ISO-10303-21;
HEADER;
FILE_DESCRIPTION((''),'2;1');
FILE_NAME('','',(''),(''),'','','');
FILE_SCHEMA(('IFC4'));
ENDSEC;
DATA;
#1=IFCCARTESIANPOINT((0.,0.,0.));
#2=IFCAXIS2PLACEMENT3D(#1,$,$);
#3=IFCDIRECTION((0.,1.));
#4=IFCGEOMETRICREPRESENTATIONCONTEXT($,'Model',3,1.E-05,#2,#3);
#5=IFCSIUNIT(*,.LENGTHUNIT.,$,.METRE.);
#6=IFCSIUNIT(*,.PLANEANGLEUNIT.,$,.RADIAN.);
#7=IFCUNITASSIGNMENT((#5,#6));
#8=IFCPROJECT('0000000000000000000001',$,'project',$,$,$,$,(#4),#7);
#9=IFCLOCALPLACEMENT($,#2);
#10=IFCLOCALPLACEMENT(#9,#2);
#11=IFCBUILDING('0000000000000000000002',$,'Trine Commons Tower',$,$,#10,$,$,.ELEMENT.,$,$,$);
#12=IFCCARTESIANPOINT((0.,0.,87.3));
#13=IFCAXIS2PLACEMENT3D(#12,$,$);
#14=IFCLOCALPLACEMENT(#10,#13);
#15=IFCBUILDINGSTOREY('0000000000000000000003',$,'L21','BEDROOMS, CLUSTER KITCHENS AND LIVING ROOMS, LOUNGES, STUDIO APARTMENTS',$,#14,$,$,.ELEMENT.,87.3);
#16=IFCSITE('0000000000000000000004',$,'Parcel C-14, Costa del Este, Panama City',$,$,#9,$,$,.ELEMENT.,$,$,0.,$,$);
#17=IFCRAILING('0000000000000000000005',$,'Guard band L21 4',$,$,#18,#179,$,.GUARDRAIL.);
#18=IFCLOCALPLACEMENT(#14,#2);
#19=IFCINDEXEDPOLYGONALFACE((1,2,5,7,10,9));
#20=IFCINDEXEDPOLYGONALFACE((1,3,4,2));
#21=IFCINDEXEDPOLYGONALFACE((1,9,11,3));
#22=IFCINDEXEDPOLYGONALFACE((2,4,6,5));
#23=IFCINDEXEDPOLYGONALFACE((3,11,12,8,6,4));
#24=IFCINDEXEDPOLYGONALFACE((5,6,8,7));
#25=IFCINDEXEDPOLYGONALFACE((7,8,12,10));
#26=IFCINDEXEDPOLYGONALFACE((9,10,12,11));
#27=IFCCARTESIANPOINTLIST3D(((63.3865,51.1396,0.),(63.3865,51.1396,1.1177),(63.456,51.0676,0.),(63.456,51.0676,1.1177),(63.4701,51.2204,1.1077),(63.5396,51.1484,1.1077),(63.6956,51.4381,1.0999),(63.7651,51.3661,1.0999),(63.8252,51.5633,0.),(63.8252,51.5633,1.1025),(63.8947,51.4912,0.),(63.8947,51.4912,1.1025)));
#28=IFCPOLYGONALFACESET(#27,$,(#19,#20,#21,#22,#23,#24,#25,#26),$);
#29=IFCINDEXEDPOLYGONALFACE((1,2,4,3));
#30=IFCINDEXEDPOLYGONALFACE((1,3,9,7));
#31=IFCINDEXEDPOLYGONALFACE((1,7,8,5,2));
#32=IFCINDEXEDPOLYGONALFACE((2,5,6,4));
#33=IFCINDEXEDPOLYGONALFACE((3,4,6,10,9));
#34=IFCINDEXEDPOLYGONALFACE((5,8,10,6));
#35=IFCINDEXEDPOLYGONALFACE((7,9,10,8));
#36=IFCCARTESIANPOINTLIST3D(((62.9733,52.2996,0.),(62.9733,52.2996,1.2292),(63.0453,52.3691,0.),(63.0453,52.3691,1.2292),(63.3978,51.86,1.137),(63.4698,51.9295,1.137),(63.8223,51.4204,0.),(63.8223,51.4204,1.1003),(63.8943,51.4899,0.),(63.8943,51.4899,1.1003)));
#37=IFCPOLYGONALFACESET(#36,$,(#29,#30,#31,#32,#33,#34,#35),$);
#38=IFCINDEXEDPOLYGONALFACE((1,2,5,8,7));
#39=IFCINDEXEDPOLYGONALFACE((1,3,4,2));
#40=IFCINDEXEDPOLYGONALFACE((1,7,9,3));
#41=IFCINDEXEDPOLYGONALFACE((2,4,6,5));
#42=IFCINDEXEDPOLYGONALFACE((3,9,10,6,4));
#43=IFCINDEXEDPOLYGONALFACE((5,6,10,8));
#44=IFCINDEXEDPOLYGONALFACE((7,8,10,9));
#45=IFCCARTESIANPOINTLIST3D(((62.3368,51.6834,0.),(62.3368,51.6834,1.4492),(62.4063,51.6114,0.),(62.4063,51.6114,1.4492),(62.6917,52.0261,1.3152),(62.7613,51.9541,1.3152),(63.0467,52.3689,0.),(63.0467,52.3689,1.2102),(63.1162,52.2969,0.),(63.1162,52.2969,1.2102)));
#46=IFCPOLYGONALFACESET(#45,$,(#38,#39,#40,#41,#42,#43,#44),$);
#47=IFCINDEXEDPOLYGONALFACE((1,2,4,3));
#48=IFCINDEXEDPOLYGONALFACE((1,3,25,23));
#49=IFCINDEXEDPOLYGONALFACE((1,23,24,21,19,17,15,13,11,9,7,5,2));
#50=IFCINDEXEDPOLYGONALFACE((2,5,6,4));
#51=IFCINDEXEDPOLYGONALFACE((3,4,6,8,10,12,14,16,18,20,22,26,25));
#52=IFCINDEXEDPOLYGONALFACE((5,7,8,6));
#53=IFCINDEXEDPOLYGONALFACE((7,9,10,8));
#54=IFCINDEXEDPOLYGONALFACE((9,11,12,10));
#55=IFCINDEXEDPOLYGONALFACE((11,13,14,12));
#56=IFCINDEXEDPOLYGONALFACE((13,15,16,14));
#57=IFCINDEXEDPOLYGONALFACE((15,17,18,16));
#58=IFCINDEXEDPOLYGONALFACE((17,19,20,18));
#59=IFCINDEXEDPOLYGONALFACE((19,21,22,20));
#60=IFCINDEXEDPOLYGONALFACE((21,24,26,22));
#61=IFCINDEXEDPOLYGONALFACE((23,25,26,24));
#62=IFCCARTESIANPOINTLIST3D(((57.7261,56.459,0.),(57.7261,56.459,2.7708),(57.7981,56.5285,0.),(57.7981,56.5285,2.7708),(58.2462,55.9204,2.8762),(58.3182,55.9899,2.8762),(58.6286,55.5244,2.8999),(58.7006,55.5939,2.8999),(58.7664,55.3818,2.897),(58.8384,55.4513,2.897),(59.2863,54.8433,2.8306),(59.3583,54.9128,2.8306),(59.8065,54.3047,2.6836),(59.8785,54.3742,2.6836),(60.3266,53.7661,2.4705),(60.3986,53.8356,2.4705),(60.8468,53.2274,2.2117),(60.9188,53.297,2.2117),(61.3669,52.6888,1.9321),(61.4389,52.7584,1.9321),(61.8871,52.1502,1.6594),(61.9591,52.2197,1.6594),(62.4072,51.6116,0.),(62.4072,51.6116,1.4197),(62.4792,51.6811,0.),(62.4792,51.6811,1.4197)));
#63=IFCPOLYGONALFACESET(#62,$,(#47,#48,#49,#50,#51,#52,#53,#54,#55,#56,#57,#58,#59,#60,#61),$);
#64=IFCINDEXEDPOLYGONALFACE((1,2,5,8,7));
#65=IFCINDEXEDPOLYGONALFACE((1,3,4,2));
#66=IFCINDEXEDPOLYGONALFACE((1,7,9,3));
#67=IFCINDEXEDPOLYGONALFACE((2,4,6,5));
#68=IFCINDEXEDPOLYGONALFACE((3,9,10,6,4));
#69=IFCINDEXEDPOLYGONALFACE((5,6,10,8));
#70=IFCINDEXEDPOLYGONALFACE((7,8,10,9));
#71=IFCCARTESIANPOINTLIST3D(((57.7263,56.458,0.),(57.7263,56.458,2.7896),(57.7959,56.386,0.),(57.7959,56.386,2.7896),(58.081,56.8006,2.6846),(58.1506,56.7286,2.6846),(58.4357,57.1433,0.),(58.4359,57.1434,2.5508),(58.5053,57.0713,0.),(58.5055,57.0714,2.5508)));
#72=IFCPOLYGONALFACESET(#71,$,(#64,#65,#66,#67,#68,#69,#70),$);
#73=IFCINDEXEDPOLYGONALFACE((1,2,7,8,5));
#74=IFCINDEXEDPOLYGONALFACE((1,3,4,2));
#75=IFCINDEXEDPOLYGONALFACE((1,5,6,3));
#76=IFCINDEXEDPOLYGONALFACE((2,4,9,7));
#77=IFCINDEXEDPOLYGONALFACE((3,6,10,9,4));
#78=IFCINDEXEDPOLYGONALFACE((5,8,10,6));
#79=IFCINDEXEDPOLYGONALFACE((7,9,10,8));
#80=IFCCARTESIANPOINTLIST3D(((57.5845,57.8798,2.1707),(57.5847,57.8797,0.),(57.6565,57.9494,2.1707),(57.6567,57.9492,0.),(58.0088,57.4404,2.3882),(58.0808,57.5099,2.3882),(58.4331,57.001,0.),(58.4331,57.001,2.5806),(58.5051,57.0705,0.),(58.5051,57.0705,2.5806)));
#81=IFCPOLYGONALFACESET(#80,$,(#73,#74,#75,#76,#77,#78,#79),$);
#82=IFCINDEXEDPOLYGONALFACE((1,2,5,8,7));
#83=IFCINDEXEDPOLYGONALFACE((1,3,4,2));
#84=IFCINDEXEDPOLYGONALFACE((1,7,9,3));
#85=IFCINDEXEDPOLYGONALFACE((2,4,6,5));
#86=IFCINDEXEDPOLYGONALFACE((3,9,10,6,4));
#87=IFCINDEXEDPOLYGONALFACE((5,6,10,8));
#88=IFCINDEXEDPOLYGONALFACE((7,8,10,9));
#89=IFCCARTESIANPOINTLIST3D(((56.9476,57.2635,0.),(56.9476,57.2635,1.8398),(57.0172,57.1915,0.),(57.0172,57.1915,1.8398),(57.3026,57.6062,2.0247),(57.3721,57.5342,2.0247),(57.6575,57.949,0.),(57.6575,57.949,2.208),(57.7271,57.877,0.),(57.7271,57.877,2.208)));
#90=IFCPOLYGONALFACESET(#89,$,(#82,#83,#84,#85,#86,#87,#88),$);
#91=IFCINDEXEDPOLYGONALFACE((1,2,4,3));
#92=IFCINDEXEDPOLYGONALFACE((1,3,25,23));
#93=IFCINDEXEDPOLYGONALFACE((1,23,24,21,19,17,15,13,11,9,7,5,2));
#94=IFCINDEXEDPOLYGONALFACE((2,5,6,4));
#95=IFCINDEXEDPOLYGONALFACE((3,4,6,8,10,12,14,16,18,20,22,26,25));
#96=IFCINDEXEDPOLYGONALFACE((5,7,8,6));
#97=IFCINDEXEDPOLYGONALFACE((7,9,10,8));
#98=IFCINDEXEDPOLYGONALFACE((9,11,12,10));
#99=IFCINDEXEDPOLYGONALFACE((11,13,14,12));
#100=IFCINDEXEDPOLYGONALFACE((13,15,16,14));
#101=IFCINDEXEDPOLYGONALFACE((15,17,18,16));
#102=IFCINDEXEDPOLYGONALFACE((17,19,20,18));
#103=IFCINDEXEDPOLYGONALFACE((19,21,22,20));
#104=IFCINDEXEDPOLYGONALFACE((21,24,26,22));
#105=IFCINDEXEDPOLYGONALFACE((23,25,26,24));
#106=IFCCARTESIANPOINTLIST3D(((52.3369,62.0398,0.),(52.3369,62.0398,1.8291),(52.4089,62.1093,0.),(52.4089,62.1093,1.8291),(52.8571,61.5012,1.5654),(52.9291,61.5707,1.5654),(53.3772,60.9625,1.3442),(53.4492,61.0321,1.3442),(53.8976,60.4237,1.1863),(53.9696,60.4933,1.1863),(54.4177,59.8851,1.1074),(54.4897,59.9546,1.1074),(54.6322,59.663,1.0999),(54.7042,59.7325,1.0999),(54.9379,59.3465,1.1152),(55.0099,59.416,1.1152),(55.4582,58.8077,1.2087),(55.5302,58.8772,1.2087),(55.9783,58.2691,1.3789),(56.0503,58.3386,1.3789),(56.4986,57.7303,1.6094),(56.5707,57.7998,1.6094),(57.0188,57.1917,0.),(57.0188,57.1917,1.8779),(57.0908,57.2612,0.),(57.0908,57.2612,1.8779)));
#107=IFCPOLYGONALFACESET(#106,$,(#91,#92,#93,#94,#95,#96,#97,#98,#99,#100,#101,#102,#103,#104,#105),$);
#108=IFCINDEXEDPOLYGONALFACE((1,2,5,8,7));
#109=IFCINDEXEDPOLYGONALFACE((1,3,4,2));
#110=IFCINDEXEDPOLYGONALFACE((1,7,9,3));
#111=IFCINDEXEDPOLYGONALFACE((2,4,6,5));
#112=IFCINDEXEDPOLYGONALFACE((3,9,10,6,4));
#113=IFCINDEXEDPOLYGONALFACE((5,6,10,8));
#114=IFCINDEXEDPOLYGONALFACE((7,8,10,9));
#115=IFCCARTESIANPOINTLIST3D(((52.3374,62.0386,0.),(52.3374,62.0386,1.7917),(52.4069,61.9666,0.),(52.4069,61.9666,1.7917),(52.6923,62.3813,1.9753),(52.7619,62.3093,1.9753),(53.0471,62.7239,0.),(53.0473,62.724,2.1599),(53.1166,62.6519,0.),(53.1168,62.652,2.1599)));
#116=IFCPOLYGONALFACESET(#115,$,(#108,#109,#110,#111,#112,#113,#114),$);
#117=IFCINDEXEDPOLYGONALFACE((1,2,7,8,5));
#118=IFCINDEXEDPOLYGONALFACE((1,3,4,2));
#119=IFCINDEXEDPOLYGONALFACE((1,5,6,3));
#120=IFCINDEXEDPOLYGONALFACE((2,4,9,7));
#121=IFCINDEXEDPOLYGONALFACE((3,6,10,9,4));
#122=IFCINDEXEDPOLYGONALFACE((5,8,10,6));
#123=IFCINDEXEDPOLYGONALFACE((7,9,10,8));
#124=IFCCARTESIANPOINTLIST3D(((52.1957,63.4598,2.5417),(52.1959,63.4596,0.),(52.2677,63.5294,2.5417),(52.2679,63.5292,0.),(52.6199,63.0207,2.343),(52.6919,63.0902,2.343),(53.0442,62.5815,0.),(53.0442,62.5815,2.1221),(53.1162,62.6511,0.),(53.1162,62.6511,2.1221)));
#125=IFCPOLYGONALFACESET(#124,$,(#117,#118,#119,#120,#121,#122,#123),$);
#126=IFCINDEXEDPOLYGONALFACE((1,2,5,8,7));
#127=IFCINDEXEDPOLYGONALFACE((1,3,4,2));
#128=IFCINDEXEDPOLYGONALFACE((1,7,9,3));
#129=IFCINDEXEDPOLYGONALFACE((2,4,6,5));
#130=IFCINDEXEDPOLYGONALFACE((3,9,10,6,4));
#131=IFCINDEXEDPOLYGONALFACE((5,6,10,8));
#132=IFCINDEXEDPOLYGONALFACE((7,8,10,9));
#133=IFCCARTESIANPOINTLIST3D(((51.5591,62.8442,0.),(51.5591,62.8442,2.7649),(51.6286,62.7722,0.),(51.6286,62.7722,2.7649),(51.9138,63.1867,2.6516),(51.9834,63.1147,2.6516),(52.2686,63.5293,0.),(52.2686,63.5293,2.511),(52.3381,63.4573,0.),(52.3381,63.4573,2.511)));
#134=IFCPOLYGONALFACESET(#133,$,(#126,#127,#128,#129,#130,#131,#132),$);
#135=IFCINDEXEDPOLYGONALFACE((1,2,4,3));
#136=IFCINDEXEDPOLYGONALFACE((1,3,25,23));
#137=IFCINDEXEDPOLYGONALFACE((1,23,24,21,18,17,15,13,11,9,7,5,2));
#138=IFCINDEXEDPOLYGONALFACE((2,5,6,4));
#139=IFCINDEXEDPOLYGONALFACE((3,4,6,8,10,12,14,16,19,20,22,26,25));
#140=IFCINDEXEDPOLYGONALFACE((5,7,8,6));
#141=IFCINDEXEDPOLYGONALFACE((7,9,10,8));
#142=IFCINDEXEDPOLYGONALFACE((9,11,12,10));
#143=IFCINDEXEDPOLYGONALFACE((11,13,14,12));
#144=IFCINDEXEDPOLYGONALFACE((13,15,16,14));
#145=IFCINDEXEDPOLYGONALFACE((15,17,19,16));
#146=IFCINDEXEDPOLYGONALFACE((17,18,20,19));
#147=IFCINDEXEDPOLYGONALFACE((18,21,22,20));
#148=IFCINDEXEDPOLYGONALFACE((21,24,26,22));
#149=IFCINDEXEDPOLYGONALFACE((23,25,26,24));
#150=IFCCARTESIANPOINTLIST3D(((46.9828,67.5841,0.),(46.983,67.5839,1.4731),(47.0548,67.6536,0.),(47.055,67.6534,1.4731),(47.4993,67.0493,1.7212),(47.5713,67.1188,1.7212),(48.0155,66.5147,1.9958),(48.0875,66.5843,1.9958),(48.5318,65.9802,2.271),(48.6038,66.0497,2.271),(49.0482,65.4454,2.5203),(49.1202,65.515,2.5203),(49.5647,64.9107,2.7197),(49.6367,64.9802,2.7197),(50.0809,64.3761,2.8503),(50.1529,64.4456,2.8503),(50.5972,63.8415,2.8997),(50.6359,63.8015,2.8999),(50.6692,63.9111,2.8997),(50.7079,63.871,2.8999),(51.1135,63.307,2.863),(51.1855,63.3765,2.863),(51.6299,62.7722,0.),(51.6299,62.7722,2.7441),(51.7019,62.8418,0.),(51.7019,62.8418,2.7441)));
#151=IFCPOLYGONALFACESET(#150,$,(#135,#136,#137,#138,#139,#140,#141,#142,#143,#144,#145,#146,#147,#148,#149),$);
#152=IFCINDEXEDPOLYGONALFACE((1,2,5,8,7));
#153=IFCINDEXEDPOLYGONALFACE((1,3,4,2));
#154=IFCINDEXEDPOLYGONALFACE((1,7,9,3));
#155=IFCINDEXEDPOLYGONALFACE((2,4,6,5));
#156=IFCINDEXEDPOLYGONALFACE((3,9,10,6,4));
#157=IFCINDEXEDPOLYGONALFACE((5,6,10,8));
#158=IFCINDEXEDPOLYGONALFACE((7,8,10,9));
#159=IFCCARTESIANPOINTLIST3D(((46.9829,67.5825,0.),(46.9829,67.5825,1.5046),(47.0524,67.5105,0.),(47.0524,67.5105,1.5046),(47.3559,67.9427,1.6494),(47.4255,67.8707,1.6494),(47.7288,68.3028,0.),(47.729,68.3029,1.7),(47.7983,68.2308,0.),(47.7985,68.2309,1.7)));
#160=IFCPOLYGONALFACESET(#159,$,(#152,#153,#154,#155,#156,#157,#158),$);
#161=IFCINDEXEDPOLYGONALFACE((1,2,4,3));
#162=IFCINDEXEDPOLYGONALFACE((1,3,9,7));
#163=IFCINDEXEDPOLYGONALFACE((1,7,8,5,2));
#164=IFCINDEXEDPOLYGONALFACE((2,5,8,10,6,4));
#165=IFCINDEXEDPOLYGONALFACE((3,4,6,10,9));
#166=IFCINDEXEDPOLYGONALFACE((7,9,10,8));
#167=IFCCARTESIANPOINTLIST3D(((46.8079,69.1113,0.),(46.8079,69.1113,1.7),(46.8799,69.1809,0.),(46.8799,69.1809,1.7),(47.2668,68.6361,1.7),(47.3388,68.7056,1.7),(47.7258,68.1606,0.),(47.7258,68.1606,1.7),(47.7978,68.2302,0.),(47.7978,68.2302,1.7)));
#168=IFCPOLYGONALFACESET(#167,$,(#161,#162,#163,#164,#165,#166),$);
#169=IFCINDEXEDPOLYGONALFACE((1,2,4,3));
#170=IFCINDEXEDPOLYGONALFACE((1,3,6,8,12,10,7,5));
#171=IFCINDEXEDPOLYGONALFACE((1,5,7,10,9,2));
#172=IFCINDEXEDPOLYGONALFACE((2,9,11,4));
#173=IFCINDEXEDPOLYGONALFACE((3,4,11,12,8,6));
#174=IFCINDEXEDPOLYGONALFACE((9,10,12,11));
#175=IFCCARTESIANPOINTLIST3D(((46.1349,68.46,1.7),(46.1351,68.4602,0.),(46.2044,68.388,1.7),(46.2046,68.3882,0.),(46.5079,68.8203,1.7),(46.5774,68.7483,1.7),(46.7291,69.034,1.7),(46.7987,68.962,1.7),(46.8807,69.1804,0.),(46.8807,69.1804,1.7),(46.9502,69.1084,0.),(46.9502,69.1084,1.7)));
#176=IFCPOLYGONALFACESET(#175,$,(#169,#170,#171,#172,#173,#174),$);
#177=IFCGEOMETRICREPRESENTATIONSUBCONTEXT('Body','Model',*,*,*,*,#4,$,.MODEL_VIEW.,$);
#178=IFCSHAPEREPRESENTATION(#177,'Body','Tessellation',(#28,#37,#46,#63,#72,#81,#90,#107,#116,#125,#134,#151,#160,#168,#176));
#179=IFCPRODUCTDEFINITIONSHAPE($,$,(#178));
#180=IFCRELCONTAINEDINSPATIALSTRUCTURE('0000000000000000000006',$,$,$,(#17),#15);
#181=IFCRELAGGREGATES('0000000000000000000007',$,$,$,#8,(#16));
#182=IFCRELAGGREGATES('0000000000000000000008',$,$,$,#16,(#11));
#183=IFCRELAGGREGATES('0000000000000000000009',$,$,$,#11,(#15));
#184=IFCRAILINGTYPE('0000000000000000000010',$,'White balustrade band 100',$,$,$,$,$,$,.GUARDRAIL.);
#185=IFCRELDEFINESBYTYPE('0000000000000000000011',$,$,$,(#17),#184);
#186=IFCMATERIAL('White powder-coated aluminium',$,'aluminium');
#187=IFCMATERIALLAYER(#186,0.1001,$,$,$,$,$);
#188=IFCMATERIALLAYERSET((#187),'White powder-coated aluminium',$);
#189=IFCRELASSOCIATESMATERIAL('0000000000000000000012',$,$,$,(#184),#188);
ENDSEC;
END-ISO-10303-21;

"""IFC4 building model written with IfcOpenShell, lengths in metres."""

from ifc_helpers import new_model, si_unit, direction, frame, origin, place, context, subcontext, project, spatial, polyline, outline, extrude, material, layer, layer_set, type_object, element, save


model = new_model("IFC4")

# Units and contexts
model_context = context("Model", 3, precision=1e-05, world=origin(), true_north=direction((0.0, 1.0)))
body_context = subcontext(model_context, "Body", "Model", "MODEL_VIEW")
ifc_project = project(units=[si_unit("LENGTHUNIT", "METRE"), si_unit("PLANEANGLEUNIT", "RADIAN")], contexts=[model_context])

# Site, building, storey
site_placement = place(None, origin())
site = spatial("IfcSite", under=ifc_project, at=site_placement, Name="Parcel C-14, Costa del Este, Panama City", CompositionType="ELEMENT", RefElevation=0.0)
building_placement = place(site_placement, origin())
building = spatial("IfcBuilding", under=site, at=building_placement, Name="Trine Commons Tower", CompositionType="ELEMENT")
storey_placement = place(building_placement, frame((0.0, 0.0, 87.3)))
storey = spatial("IfcBuildingStorey", under=building, at=storey_placement, Name="L21", Description="BEDROOMS, CLUSTER KITCHENS AND LIVING ROOMS, LOUNGES, STUDIO APARTMENTS", CompositionType="ELEMENT", Elevation=87.3)

# Railing
ifc_material_1 = material(Name="White powder-coated aluminium", Category="aluminium")
ifc_layer_1 = layer(ifc_material_1, 0.1001)
ifc_layer_set_1 = layer_set([ifc_layer_1], Name="White powder-coated aluminium")
railing_type = type_object("IfcRailingType", Name="White balustrade band 100", PredefinedType="GUARDRAIL", material=ifc_layer_set_1)
railing_1_placement = place(storey_placement, origin())
element("IfcRailing", 1, at=railing_1_placement, inside=storey, type_object=railing_type, Name="Guard band L21 4", PredefinedType="GUARDRAIL", context=body_context, shape_type="SweptSolid", body=[
    extrude(outline(polyline([(0.0, 0.0), (0.6099, 0.0), (0.6099, 1.1025), (0.4297, 1.0999), (0.1162, 1.1077), (0.0, 1.1177), (0.0, 0.0)])), frame((63.3865, 51.1396, 0.0), z_axis=(0.694587, -0.719408, 0.0), x_axis=(0.719408, 0.694587, 0.0)), (0.0, 0.0, 1.0), 0.1001),
    extrude(outline(polyline([(0.0, 0.0), (1.2222, 0.0), (1.2222, 1.2292), (0.6111, 1.137), (0.0, 1.1003), (0.0, 0.0)])), frame((63.8223, 51.4204, 0.0), z_axis=(0.719384, 0.694612, 0.0), x_axis=(-0.694612, 0.719384, 0.0)), (0.0, 0.0, 1.0), 0.1001),
    extrude(outline(polyline([(0.0, 0.0), (0.9868, 0.0), (0.9868, 1.4492), (0.4934, 1.3152), (0.0, 1.2102), (0.0, 0.0)])), frame((63.1162, 52.2969, 0.0), z_axis=(-0.69463, 0.719367, 0.0), x_axis=(-0.719367, -0.69463, 0.0)), (0.0, 0.0, 1.0), 0.1001),
    extrude(outline(polyline([(0.0, 0.0), (6.7388, 0.0), (6.7388, 2.7708), (5.99, 2.8762), (5.4395, 2.8999), (5.2412, 2.897), (4.4927, 2.8306), (3.7439, 2.6836), (2.9951, 2.4705), (2.2463, 2.2117), (1.4976, 1.9321), (0.7488, 1.6594), (0.0, 1.4197), (0.0, 0.0)])), frame((62.4072, 51.6116, 0.0), z_axis=(0.719335, 0.694663, 0.0), x_axis=(-0.694663, 0.719335, 0.0)), (0.0, 0.0, 1.0), 0.1001),
    extrude(outline(polyline([(0.0, 0.0), (0.9863, 0.0), (0.9866, 2.5508), (0.4932, 2.6846), (0.0, 2.7896), (0.0, 0.0)])), frame((57.7263, 56.458, 0.0), z_axis=(0.694749, -0.719252, 0.0), x_axis=(0.719252, 0.694749, 0.0)), (0.0, 0.0, 1.0), 0.1001),
    extrude(outline(polyline([(0.0, 0.0), (1.2214, 0.0), (1.2217, 2.1707), (0.6108, 2.3882), (0.0, 2.5806), (0.0, 0.0)])), frame((58.4331, 57.001, 0.0), z_axis=(0.719391, 0.694605, 0.0), x_axis=(-0.694605, 0.719391, 0.0)), (0.0, 0.0, 1.0), 0.1001),
    extrude(outline(polyline([(0.0, 0.0), (0.9868, 0.0), (0.9868, 1.8398), (0.4934, 2.0247), (0.0, 2.208), (0.0, 0.0)])), frame((57.7271, 57.877, 0.0), z_axis=(-0.69463, 0.719367, 0.0), x_axis=(-0.719367, -0.69463, 0.0)), (0.0, 0.0, 1.0), 0.1001),
    extrude(outline(polyline([(0.0, 0.0), (6.7397, 0.0), (6.7397, 1.8291), (5.991, 1.5654), (5.2422, 1.3442), (4.4932, 1.1863), (3.7444, 1.1074), (3.4355, 1.0999), (2.9956, 1.1152), (2.2466, 1.2087), (1.4978, 1.3789), (0.7488, 1.6094), (0.0, 1.8779), (0.0, 0.0)])), frame((57.0188, 57.1917, 0.0), z_axis=(0.719333, 0.694665, 0.0), x_axis=(-0.694665, 0.719333, 0.0)), (0.0, 0.0, 1.0), 0.1001),
    extrude(outline(polyline([(0.0, 0.0), (0.9866, 0.0), (0.9868, 2.1599), (0.4934, 1.9753), (0.0, 1.7917), (0.0, 0.0)])), frame((52.3374, 62.0386, 0.0), z_axis=(0.694625, -0.719372, 0.0), x_axis=(0.719372, 0.694625, 0.0)), (0.0, 0.0, 1.0), 0.1001),
    extrude(outline(polyline([(0.0, 0.0), (1.2209, 0.0), (1.2212, 2.5417), (0.6106, 2.343), (0.0, 2.1221), (0.0, 0.0)])), frame((53.0442, 62.5815, 0.0), z_axis=(0.719198, 0.694805, 0.0), x_axis=(-0.694805, 0.719198, 0.0)), (0.0, 0.0, 1.0), 0.1001),
    extrude(outline(polyline([(0.0, 0.0), (0.9863, 0.0), (0.9863, 2.7649), (0.4932, 2.6516), (0.0, 2.511), (0.0, 0.0)])), frame((52.3381, 63.4573, 0.0), z_axis=(-0.694621, 0.719376, 0.0), x_axis=(-0.719376, -0.694621, 0.0)), (0.0, 0.0, 1.0), 0.1001),
    extrude(outline(polyline([(0.0, 0.0), (6.6895, 0.0), (6.6892, 1.4731), (5.946, 1.7212), (5.2029, 1.9958), (4.4597, 2.271), (3.7163, 2.5203), (2.9729, 2.7197), (2.2297, 2.8503), (1.4866, 2.8997), (1.4309, 2.8999), (0.7434, 2.863), (0.0, 2.7441), (0.0, 0.0)])), frame((51.6299, 62.7722, 0.0), z_axis=(0.719317, 0.694682, 0.0), x_axis=(-0.694682, 0.719317, 0.0)), (0.0, 0.0, 1.0), 0.1001),
    extrude(outline(polyline([(0.0, 0.0), (1.0369, 0.0), (1.0371, 1.7), (0.5186, 1.6494), (0.0, 1.5046), (0.0, 0.0)])), frame((46.9829, 67.5825, 0.0), z_axis=(0.694637, -0.719361, 0.0), x_axis=(0.719361, 0.694637, 0.0)), (0.0, 0.0, 1.0), 0.1001),
    extrude(outline(polyline([(0.0, 0.0), (1.3215, 0.0), (1.3215, 1.7), (0.6609, 1.7), (0.0, 1.7), (0.0, 0.0)])), frame((47.7258, 68.1606, 0.0), z_axis=(0.719376, 0.694621, 0.0), x_axis=(-0.694621, 0.719376, 0.0)), (0.0, 0.0, 1.0), 0.1001),
    extrude(outline(polyline([(0.0, 0.0), (1.0366, 0.0), (1.0369, 1.7), (0.5183, 1.7), (0.2107, 1.7), (0.0, 1.7), (0.0, 0.0)])), frame((46.9502, 69.1084, 0.0), z_axis=(-0.694754, 0.719247, 0.0), x_axis=(-0.719247, -0.694754, 0.0)), (0.0, 0.0, 1.0), 0.1001),
])

save(model, "model.ifc")
